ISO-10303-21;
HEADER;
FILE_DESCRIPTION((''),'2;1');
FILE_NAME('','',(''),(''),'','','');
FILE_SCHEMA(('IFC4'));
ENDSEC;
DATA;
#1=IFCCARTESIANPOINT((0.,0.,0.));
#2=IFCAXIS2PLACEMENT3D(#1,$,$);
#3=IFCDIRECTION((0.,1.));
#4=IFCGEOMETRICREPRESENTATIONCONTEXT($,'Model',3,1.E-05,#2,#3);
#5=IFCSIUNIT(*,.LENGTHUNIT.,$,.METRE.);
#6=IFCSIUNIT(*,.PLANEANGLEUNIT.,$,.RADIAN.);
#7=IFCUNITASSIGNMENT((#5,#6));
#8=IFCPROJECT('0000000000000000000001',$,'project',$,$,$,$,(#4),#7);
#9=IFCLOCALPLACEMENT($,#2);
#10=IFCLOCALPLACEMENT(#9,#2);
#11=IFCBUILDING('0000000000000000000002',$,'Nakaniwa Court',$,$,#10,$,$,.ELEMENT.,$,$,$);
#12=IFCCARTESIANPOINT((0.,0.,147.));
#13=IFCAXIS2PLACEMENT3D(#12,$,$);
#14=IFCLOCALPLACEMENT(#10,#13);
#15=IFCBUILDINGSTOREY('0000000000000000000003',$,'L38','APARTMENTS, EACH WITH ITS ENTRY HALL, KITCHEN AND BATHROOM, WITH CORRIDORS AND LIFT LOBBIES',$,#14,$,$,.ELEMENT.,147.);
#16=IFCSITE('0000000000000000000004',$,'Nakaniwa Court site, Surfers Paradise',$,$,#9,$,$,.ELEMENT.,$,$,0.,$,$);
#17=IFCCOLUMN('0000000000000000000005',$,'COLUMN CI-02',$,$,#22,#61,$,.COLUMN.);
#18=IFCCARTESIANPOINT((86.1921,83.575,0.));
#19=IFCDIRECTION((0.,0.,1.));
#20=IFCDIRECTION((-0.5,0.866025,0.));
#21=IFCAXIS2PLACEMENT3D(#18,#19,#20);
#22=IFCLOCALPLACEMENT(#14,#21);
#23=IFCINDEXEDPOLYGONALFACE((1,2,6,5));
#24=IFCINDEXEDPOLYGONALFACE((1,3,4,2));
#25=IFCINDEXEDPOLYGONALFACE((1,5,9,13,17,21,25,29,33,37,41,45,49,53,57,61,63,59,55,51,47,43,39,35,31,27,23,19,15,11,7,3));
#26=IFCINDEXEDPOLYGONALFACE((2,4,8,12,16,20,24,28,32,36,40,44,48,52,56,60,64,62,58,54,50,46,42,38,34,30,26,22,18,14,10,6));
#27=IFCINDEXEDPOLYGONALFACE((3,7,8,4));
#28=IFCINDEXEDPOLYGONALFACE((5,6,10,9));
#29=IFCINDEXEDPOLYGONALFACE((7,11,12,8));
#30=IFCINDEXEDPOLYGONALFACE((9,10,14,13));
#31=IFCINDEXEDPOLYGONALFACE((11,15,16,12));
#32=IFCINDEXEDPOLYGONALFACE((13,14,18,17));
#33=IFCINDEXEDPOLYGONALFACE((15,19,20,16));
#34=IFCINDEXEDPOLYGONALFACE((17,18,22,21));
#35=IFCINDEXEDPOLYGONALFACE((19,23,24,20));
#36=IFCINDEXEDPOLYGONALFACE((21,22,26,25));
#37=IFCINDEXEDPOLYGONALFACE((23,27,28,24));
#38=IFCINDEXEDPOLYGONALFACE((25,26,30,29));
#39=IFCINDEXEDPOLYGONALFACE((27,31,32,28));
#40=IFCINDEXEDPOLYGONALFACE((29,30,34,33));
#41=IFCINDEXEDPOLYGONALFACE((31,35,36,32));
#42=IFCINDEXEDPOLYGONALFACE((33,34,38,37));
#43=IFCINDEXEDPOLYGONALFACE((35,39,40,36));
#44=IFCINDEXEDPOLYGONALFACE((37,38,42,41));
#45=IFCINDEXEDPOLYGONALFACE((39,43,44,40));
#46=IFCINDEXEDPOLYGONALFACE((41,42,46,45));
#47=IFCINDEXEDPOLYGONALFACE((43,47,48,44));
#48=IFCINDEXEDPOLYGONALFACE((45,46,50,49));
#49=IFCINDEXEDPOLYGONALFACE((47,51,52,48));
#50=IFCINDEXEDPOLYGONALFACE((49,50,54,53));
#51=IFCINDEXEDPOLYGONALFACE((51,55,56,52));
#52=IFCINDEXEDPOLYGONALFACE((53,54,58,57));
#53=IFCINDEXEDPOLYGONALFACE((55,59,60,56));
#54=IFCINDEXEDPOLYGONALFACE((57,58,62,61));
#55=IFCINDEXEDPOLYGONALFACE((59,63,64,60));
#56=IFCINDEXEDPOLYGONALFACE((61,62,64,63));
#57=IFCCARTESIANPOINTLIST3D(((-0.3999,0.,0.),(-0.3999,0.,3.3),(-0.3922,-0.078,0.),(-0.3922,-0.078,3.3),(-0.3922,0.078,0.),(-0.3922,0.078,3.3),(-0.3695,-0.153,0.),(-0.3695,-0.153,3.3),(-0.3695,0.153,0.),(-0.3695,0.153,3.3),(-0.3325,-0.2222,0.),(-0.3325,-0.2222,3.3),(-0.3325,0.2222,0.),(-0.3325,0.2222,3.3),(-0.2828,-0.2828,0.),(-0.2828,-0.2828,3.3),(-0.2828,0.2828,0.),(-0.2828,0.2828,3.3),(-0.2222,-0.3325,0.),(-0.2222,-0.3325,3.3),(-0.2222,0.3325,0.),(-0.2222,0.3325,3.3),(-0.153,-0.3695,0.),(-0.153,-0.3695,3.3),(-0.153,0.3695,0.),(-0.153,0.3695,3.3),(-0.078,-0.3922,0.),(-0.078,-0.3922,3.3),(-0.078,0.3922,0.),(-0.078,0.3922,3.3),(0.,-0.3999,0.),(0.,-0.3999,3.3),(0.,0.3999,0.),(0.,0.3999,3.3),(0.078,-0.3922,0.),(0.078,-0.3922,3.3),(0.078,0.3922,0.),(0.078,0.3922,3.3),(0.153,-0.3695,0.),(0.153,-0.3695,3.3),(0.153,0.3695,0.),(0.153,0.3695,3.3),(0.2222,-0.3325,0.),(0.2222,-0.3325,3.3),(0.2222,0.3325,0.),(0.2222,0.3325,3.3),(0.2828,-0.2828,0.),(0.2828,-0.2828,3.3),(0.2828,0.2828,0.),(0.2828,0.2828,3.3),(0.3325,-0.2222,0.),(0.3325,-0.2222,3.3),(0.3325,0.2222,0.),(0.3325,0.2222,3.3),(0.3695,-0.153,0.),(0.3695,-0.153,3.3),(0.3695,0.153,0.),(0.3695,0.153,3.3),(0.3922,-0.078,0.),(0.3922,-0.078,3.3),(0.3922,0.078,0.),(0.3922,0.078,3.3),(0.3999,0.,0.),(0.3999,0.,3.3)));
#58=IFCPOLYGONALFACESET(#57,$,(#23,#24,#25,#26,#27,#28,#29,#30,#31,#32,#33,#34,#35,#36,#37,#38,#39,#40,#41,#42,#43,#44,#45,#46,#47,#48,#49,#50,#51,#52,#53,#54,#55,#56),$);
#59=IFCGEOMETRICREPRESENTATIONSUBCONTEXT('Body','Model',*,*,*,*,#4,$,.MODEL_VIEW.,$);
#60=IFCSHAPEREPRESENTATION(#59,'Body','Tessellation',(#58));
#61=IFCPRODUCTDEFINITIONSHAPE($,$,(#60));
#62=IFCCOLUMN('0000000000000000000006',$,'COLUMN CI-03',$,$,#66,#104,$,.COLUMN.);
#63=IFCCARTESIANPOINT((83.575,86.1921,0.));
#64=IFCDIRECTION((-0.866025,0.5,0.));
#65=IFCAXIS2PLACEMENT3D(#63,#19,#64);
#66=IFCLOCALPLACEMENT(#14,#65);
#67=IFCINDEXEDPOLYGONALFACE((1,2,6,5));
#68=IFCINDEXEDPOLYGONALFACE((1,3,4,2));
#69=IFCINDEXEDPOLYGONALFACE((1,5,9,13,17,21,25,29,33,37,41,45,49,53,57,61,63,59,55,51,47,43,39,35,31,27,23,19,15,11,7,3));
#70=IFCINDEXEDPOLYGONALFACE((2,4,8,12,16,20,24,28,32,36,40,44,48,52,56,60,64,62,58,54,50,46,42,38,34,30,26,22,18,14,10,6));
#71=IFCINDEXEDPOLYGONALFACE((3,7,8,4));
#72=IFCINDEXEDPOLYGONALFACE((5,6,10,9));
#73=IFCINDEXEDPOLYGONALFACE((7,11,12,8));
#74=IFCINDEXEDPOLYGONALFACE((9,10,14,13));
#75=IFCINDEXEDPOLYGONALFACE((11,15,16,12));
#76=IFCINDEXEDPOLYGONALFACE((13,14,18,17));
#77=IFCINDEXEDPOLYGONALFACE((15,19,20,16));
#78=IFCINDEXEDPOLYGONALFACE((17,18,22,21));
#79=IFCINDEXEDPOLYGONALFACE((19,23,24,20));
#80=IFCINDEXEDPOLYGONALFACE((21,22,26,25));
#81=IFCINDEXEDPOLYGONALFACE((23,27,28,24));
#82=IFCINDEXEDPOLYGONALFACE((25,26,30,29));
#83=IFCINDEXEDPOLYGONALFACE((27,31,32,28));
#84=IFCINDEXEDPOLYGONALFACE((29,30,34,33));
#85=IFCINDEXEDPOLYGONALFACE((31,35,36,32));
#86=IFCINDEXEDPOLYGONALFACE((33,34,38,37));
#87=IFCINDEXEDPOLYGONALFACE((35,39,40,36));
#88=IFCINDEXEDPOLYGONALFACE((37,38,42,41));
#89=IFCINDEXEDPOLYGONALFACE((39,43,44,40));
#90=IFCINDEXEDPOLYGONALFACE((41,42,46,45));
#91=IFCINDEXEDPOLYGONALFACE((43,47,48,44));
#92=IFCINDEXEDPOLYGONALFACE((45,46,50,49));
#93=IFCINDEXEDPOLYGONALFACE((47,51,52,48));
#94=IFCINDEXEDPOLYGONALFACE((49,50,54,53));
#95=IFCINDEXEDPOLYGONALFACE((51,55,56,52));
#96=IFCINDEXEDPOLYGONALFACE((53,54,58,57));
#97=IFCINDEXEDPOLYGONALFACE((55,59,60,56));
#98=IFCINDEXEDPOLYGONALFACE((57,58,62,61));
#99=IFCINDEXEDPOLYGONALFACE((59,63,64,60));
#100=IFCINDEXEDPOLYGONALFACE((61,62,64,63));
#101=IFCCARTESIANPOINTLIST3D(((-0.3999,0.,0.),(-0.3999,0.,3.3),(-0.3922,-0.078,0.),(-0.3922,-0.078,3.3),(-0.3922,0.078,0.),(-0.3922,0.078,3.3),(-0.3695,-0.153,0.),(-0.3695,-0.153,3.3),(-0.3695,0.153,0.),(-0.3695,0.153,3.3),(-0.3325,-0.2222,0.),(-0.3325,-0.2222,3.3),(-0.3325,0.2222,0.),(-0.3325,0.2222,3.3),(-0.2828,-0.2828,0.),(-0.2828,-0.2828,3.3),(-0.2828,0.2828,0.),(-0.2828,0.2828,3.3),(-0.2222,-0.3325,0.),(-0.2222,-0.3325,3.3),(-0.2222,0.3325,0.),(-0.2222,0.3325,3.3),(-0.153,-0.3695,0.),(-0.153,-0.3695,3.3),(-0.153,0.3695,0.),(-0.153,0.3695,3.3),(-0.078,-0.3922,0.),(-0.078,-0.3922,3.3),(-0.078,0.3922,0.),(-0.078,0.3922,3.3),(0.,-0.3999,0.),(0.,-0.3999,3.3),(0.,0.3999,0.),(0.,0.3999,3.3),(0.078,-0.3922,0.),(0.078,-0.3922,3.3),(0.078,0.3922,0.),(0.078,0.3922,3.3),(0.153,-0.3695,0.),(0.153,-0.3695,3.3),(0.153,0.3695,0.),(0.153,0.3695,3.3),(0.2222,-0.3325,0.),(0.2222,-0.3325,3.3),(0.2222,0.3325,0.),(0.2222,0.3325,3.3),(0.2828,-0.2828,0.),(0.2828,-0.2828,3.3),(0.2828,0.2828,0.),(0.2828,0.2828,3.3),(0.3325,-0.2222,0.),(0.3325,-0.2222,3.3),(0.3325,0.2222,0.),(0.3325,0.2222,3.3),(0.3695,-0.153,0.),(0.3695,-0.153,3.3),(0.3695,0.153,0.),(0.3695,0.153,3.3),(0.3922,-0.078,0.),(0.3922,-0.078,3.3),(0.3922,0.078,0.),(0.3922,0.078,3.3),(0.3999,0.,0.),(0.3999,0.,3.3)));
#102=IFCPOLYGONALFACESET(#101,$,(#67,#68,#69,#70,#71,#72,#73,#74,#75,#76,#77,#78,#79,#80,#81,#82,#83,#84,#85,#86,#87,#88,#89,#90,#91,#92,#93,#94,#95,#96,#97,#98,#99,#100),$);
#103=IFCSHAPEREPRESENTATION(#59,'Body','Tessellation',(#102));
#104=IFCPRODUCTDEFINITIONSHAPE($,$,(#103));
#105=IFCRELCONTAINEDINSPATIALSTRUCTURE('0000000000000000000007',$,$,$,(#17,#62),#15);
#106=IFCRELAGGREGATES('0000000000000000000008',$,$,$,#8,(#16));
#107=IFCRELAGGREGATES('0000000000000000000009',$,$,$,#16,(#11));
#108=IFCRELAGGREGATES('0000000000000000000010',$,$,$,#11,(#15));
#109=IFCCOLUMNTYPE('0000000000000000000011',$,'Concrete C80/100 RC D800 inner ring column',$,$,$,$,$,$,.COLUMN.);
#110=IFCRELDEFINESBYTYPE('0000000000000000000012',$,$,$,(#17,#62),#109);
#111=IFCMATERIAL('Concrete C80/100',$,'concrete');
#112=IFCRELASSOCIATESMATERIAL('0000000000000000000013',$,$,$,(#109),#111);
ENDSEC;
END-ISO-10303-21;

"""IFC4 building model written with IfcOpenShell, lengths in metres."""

from ifc_helpers import new_model, si_unit, direction, frame, origin, origin_2d, place, context, subcontext, project, spatial, circle, extrude, material, material_profile, profile_set, type_object, element, save


model = new_model("IFC4")

# Units and contexts
model_context = context("Model", 3, precision=1e-05, world=origin(), true_north=direction((0.0, 1.0)))
body_context = subcontext(model_context, "Body", "Model", "MODEL_VIEW")
ifc_project = project(units=[si_unit("LENGTHUNIT", "METRE"), si_unit("PLANEANGLEUNIT", "RADIAN")], contexts=[model_context])

# Site, building, storey
site_placement = place(None, origin())
site = spatial("IfcSite", under=ifc_project, at=site_placement, Name="Nakaniwa Court site, Surfers Paradise", CompositionType="ELEMENT", RefElevation=0.0)
building_placement = place(site_placement, origin())
building = spatial("IfcBuilding", under=site, at=building_placement, Name="Nakaniwa Court", CompositionType="ELEMENT")
storey_placement = place(building_placement, frame((0.0, 0.0, 147.0)))
storey = spatial("IfcBuildingStorey", under=building, at=storey_placement, Name="L38", Description="APARTMENTS, EACH WITH ITS ENTRY HALL, KITCHEN AND BATHROOM, WITH CORRIDORS AND LIFT LOBBIES", CompositionType="ELEMENT", Elevation=147.0)

# Columns
ifc_material_1 = material(Name="Concrete C80/100", Category="concrete")
ifc_material_profile_1 = material_profile(ifc_material_1, circle(Radius=0.3999, at=origin_2d()), Name="Concrete C80/100 RC D800 inner ring column")
ifc_profile_set_1 = profile_set([ifc_material_profile_1], Name="Concrete C80/100")
column_type = type_object("IfcColumnType", Name="Concrete C80/100 RC D800 inner ring column", PredefinedType="COLUMN", material=ifc_profile_set_1)
for number, where, z_axis, x_axis, name in (
    (1, (86.1921, 83.575, 0.0), (0.0, 0.0, 1.0), (-0.5, 0.866025, 0.0), "COLUMN CI-02"),
    (2, (83.575, 86.1921, 0.0), (0.0, 0.0, 1.0), (-0.866025, 0.5, 0.0), "COLUMN CI-03"),
):
    element("IfcColumn", number, at=place(storey_placement, frame(where, z_axis=z_axis, x_axis=x_axis)), inside=storey, type_object=column_type, Name=name, PredefinedType="COLUMN", context=body_context, shape_type="SweptSolid", body=[
        extrude(circle(Radius=0.3999, at=origin_2d()), origin(), (0.0, 0.0, 1.0), 3.3),
    ])

save(model, "model.ifc")
